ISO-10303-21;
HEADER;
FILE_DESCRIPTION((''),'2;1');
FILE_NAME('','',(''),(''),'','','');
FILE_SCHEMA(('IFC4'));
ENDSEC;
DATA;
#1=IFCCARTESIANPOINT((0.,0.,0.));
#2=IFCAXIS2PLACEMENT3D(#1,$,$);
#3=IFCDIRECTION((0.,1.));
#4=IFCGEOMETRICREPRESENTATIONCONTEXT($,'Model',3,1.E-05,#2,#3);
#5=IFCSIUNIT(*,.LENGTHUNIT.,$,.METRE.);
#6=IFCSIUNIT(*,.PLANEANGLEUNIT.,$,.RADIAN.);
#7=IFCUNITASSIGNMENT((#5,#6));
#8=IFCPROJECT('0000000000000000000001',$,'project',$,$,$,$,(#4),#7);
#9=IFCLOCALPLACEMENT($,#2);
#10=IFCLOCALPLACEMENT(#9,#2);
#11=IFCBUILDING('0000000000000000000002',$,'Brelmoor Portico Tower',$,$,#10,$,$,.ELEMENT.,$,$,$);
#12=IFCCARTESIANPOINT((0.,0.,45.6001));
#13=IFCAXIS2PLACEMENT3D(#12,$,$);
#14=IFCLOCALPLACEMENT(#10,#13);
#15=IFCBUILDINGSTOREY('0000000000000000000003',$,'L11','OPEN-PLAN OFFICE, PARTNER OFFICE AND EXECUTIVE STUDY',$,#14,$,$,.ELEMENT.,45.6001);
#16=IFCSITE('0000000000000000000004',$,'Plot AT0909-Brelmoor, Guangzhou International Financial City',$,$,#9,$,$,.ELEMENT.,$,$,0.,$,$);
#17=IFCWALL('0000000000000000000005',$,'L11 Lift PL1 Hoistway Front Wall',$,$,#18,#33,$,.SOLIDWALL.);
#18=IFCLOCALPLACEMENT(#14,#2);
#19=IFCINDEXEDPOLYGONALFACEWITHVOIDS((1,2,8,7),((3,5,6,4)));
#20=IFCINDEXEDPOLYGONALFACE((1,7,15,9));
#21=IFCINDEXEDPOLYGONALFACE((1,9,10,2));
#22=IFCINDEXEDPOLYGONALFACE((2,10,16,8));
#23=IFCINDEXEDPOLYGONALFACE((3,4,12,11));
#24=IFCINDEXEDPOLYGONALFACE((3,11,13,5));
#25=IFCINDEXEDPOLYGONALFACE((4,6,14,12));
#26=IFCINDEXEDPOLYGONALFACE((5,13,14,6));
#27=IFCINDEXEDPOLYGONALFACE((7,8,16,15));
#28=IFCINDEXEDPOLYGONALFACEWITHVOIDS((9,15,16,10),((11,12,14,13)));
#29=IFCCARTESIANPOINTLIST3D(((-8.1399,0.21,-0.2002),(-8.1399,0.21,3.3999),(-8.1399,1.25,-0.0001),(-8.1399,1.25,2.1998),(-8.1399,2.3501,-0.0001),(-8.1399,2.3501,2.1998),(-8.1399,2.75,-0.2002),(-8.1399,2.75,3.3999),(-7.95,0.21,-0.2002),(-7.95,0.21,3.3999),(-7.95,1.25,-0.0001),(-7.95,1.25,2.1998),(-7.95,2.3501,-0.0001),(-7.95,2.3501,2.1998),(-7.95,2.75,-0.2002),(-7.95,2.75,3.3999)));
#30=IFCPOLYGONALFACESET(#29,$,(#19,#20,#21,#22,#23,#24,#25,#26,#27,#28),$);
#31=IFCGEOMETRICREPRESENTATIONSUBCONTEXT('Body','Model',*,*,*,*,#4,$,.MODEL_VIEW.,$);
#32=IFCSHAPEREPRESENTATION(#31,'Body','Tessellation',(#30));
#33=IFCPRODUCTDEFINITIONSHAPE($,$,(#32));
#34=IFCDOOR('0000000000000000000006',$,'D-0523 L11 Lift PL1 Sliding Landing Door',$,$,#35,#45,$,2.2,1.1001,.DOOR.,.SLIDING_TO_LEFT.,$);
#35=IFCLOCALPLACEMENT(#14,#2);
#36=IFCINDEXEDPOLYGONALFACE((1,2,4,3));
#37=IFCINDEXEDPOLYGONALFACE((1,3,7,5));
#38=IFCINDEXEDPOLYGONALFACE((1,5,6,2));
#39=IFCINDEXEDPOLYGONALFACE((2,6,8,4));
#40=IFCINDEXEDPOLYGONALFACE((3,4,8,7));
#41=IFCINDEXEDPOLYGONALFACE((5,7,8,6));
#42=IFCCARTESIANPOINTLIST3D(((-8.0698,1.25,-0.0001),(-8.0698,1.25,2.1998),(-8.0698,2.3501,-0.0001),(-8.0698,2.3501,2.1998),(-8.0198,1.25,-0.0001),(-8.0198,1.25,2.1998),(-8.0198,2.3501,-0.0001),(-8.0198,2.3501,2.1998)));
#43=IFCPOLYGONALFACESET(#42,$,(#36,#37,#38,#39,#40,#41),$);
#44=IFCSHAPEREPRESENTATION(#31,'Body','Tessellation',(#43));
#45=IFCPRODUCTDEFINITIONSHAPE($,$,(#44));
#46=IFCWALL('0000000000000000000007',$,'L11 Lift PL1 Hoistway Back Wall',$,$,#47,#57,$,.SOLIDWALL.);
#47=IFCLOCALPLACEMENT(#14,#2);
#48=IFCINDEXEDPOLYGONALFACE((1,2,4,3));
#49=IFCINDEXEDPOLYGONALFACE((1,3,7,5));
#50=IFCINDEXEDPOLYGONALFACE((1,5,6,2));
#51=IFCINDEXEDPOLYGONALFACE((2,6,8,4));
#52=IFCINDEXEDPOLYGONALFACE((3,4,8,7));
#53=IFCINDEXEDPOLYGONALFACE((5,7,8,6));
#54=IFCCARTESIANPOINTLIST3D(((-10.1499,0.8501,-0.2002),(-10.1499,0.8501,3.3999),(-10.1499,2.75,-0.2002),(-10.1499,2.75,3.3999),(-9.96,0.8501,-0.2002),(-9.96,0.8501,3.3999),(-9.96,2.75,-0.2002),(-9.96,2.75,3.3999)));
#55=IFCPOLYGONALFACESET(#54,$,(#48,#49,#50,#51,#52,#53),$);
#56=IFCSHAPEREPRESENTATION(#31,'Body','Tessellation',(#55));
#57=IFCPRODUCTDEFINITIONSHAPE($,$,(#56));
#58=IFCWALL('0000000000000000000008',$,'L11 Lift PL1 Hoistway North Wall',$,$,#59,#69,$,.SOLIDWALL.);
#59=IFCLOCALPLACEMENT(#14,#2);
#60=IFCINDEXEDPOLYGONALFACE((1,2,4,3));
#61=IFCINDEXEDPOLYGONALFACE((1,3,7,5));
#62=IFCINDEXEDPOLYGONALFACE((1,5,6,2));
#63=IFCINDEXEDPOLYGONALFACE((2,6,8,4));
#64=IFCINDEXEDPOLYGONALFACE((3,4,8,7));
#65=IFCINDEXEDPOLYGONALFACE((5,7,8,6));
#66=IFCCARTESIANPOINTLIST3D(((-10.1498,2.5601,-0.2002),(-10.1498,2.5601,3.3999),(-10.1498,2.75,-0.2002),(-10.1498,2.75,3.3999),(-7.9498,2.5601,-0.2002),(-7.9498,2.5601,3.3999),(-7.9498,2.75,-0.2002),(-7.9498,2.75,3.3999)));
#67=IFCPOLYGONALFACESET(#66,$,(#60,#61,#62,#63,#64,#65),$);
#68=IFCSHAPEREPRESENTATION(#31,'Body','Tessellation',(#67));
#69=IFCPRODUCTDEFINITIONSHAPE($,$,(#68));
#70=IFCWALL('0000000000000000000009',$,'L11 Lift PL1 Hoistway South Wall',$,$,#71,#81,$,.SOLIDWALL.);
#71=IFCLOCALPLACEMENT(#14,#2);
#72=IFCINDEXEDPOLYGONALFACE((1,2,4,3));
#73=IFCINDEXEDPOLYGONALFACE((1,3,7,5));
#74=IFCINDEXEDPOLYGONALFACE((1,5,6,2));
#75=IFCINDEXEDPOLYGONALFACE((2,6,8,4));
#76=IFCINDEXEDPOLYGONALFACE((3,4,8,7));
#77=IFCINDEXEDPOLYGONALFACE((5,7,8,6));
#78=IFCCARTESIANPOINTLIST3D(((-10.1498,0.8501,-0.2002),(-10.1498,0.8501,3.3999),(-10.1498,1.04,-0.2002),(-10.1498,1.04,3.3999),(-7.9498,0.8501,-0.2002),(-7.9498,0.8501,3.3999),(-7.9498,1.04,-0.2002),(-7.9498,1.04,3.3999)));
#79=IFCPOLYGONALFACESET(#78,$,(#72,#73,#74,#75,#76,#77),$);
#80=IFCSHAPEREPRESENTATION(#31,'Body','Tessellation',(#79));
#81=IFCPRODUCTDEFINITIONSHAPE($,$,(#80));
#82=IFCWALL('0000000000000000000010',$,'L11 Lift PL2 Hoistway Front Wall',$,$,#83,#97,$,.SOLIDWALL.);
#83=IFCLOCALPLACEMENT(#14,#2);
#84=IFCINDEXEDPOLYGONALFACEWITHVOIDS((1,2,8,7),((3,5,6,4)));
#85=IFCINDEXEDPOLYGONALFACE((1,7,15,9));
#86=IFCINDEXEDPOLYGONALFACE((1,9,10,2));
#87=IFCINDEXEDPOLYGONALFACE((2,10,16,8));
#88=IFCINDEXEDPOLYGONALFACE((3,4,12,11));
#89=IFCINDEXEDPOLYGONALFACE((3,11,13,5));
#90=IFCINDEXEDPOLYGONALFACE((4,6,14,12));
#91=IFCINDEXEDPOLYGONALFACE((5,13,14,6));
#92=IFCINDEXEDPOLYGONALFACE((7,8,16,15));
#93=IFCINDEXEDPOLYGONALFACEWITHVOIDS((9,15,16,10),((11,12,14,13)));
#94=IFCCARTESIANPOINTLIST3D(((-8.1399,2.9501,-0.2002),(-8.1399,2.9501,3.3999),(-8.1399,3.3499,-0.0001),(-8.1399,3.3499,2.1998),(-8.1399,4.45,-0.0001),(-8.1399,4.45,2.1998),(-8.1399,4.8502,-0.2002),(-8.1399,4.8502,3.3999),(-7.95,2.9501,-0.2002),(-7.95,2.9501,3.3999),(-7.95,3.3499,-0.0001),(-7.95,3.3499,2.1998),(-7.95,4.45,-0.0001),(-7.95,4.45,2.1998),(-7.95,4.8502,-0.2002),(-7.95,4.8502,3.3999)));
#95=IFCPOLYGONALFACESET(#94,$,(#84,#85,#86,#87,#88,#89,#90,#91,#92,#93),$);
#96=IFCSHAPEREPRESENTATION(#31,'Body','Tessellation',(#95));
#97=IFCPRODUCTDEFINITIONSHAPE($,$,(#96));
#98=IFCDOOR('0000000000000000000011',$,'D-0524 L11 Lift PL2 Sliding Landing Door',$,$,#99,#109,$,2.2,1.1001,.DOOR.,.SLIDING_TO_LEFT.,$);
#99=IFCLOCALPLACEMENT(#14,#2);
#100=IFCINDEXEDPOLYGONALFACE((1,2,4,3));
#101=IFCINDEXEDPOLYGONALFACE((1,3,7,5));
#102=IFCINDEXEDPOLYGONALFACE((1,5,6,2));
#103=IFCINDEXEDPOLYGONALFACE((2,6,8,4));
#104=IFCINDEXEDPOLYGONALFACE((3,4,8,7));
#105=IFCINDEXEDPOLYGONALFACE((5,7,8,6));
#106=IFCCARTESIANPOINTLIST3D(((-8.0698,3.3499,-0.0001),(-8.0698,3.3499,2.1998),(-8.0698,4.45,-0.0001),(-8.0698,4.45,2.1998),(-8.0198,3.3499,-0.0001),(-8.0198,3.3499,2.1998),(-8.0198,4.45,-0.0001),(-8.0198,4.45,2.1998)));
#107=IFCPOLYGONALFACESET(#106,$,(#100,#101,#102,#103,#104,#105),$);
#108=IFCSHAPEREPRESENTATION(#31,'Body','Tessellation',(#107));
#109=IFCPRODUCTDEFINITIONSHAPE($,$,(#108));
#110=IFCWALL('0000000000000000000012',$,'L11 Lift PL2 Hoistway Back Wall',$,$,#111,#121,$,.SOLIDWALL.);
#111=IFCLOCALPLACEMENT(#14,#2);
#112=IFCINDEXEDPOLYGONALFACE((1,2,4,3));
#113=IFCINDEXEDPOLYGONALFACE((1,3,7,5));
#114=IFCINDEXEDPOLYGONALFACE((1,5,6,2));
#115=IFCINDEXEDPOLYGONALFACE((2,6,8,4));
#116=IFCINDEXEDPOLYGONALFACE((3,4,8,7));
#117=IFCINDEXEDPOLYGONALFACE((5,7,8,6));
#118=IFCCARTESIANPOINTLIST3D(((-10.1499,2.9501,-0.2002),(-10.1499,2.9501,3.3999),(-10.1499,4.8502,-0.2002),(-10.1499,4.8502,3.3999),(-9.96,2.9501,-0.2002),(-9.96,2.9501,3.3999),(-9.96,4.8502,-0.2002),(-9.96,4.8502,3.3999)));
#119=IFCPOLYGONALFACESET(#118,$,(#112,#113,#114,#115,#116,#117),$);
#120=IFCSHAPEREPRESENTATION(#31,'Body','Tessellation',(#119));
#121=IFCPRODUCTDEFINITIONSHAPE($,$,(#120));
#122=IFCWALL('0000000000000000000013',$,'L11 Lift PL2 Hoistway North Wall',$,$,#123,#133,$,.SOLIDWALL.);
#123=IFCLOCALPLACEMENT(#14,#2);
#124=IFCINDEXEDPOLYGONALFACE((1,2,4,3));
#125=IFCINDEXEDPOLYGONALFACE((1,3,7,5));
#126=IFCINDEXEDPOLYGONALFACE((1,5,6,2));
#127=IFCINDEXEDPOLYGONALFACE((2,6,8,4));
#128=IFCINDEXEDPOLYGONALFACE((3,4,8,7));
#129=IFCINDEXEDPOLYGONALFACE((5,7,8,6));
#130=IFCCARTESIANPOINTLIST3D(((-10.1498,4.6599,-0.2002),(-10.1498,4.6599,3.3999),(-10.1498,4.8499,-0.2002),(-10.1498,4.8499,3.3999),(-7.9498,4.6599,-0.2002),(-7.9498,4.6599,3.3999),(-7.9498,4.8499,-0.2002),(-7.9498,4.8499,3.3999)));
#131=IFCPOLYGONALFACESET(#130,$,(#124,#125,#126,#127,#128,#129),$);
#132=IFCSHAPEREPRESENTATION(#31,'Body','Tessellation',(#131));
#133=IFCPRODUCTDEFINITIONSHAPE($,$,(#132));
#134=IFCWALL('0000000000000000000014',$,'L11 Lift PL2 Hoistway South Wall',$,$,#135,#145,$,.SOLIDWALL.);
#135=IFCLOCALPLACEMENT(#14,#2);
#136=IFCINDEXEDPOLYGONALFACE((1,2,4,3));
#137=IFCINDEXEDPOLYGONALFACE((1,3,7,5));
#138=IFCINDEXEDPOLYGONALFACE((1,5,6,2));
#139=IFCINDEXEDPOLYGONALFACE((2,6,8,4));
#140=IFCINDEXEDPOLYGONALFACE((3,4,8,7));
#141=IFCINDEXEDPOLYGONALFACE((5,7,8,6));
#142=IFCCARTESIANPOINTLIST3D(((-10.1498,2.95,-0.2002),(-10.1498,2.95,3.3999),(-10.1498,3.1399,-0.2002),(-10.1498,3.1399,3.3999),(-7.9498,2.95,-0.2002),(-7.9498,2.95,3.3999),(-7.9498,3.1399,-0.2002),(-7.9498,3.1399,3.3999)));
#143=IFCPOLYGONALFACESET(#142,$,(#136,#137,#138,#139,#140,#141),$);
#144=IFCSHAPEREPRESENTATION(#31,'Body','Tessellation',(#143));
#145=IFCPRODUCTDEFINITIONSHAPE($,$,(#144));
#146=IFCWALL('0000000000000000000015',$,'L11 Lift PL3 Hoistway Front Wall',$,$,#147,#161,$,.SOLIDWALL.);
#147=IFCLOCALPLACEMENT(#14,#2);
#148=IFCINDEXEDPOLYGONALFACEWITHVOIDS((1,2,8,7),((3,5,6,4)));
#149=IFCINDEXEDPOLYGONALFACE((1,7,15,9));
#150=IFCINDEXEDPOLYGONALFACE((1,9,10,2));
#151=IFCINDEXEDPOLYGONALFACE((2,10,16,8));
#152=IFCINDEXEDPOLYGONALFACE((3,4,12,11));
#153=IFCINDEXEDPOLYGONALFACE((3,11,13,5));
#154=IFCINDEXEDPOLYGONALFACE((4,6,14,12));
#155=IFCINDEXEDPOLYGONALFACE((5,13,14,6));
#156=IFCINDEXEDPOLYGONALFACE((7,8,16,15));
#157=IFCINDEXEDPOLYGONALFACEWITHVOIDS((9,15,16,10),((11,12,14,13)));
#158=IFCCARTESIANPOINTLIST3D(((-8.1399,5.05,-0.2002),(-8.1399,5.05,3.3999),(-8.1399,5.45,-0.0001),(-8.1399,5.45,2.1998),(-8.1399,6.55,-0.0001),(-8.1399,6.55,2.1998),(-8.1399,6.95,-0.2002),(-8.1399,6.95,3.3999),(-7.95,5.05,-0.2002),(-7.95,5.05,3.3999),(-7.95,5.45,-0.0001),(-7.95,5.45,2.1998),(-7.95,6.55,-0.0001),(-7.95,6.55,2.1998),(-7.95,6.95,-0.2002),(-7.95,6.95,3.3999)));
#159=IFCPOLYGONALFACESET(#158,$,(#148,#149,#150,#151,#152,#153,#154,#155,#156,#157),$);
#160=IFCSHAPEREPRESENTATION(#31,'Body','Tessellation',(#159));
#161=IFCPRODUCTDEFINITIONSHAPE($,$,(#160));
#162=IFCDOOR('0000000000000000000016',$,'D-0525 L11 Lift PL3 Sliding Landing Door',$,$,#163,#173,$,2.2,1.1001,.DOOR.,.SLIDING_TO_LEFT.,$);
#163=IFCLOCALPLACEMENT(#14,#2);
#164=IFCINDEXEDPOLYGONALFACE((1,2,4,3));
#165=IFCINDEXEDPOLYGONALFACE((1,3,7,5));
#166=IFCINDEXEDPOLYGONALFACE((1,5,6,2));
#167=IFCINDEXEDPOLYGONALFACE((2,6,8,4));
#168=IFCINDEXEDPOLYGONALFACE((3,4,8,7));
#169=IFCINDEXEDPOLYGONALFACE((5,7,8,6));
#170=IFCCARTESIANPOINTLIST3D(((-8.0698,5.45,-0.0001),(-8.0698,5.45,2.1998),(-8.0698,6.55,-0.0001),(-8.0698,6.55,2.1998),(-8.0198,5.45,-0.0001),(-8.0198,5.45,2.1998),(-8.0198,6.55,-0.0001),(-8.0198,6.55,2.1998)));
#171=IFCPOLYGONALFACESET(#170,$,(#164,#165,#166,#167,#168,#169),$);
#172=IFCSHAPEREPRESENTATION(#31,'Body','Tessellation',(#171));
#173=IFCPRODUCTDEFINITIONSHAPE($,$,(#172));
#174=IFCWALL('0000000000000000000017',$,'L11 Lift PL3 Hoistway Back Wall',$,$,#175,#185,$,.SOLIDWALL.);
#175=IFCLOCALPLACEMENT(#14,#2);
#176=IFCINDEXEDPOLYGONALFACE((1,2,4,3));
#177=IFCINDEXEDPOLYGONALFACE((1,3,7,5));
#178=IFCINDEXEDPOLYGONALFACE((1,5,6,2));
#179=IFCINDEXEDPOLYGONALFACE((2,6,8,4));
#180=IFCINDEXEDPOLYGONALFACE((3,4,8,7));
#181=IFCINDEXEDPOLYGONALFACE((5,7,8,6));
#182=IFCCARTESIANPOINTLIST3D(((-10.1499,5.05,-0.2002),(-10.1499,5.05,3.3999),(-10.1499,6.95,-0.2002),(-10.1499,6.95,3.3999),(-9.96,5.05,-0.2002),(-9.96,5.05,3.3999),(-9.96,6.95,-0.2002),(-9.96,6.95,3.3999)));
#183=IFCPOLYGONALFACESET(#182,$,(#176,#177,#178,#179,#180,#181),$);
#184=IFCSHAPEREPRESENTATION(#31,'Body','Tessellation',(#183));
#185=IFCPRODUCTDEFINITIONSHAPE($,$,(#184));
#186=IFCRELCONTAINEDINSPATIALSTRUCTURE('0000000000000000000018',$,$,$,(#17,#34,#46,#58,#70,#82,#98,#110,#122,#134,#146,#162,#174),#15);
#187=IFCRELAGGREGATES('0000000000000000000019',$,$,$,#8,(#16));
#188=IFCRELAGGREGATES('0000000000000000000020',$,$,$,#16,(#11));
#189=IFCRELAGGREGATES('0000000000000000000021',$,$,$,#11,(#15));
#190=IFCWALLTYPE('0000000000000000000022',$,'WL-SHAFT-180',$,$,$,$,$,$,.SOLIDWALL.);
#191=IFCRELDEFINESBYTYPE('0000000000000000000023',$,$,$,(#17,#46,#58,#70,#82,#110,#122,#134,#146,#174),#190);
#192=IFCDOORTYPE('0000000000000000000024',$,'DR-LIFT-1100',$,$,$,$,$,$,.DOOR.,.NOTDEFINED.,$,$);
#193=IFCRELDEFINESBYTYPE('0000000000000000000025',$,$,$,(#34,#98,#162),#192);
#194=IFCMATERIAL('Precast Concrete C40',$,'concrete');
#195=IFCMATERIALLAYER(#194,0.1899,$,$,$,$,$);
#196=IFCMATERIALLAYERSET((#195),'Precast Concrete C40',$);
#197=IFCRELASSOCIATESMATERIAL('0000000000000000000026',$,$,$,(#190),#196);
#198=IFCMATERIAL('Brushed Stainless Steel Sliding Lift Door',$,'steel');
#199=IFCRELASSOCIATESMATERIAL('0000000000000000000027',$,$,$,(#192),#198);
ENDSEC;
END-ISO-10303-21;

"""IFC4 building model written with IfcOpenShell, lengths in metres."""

from ifc_helpers import new_model, si_unit, direction, frame, frame_2d, origin, place, context, subcontext, project, spatial, rectangle, extrude, material, layer, layer_set, type_object, element, fill, save


model = new_model("IFC4")

# Units and contexts
model_context = context("Model", 3, precision=1e-05, world=origin(), true_north=direction((0.0, 1.0)))
body_context = subcontext(model_context, "Body", "Model", "MODEL_VIEW")
ifc_project = project(units=[si_unit("LENGTHUNIT", "METRE"), si_unit("PLANEANGLEUNIT", "RADIAN")], contexts=[model_context])

# Site, building, storey
site_placement = place(None, origin())
site = spatial("IfcSite", under=ifc_project, at=site_placement, Name="Plot AT0909-Brelmoor, Guangzhou International Financial City", CompositionType="ELEMENT", RefElevation=0.0)
building_placement = place(site_placement, origin())
building = spatial("IfcBuilding", under=site, at=building_placement, Name="Brelmoor Portico Tower", CompositionType="ELEMENT")
storey_placement = place(building_placement, frame((0.0, 0.0, 45.6001)))
storey = spatial("IfcBuildingStorey", under=building, at=storey_placement, Name="L11", Description="OPEN-PLAN OFFICE, PARTNER OFFICE AND EXECUTIVE STUDY", CompositionType="ELEMENT", Elevation=45.6001)

# Wall, opening, door
ifc_material_1 = material(Name="Precast Concrete C40", Category="concrete")
ifc_layer_1 = layer(ifc_material_1, 0.1899)
ifc_layer_set_1 = layer_set([ifc_layer_1], Name="Precast Concrete C40")
wall_type_1 = type_object("IfcWallType", Name="WL-SHAFT-180", PredefinedType="SOLIDWALL", material=ifc_layer_set_1)
wall_1_placement = place(storey_placement, frame((-8.0449, 0.21, -0.2002), z_axis=(0.0, 0.0, 1.0), x_axis=(0.0, 1.0, 0.0)))
wall_1 = element("IfcWall", 1, at=wall_1_placement, inside=storey, type_object=wall_type_1, Name="L11 Lift PL1 Hoistway Front Wall", PredefinedType="SOLIDWALL", context=body_context, shape_type="SweptSolid", body=[
    extrude(rectangle(XDim=2.54, YDim=0.1899, at=frame_2d((1.27, 0.0))), origin(), (0.0, 0.0, 1.0), 3.6001),
])
opening_1_placement = place(wall_1_placement, frame((1.04, 0.0, 0.2)))
opening_1 = element("IfcOpeningElement", 2, at=opening_1_placement, cuts=wall_1, PredefinedType="OPENING", context=body_context, shape_type="SweptSolid", body=[
    extrude(rectangle(XDim=1.1001, YDim=2.2, at=frame_2d((0.55, 1.1001))), frame((0.0, 0.105, 0.0), z_axis=(0.0, -1.0, 0.0), x_axis=(1.0, 0.0, 0.0)), (0.0, 0.0, 1.0), 0.21),
])
ifc_material_2 = material(Name="Brushed Stainless Steel Sliding Lift Door", Category="steel")
door_type_1 = type_object("IfcDoorType", Name="DR-LIFT-1100", OperationType="NOTDEFINED", PredefinedType="DOOR", material=ifc_material_2)
door_1_placement = place(opening_1_placement, origin())
door_1 = element("IfcDoor", 3, at=door_1_placement, inside=storey, type_object=door_type_1, Name="D-0523 L11 Lift PL1 Sliding Landing Door", OperationType="SLIDING_TO_LEFT", OverallHeight=2.2, OverallWidth=1.1001, PredefinedType="DOOR", context=body_context, shape_type="SweptSolid", body=[
    extrude(rectangle(XDim=1.1001, YDim=2.2, at=frame_2d((0.55, 1.1001))), frame((0.0, 0.0249, 0.0), z_axis=(0.0, -1.0, 0.0), x_axis=(1.0, 0.0, 0.0)), (0.0, 0.0, 1.0), 0.05),
])
fill(opening_1, door_1)

# Walls
wall_2_placement = place(storey_placement, frame((-10.0549, 0.8501, -0.2002), z_axis=(0.0, 0.0, 1.0), x_axis=(0.0, 1.0, 0.0)))
element("IfcWall", 4, at=wall_2_placement, inside=storey, type_object=wall_type_1, Name="L11 Lift PL1 Hoistway Back Wall", PredefinedType="SOLIDWALL", context=body_context, shape_type="SweptSolid", body=[
    extrude(rectangle(XDim=1.8999, YDim=0.1899, at=frame_2d((0.95, 0.0))), origin(), (0.0, 0.0, 1.0), 3.6001),
])
for number, where, z_axis, x_axis, name in (
    (5, (-10.1499, 2.655, -0.2002), (0.0, 0.0, 1.0), (1.0, 0.0, 0.0), "L11 Lift PL1 Hoistway North Wall"),
    (6, (-10.1499, 0.9451, -0.2002), (0.0, 0.0, 1.0), (1.0, 0.0, 0.0), "L11 Lift PL1 Hoistway South Wall"),
):
    element("IfcWall", number, at=place(storey_placement, frame(where, z_axis=z_axis, x_axis=x_axis)), inside=storey, type_object=wall_type_1, Name=name, PredefinedType="SOLIDWALL", context=body_context, shape_type="SweptSolid", body=[
        extrude(rectangle(XDim=2.2, YDim=0.1899, at=frame_2d((1.1001, 0.0))), origin(), (0.0, 0.0, 1.0), 3.6001),
    ])

# Wall, opening, door
wall_3_placement = place(storey_placement, frame((-8.0449, 2.95, -0.2002), z_axis=(0.0, 0.0, 1.0), x_axis=(0.0, 1.0, 0.0)))
wall_3 = element("IfcWall", 7, at=wall_3_placement, inside=storey, type_object=wall_type_1, Name="L11 Lift PL2 Hoistway Front Wall", PredefinedType="SOLIDWALL", context=body_context, shape_type="SweptSolid", body=[
    extrude(rectangle(XDim=1.9001, YDim=0.1899, at=frame_2d((0.9502, 0.0))), origin(), (0.0, 0.0, 1.0), 3.6001),
])
opening_2_placement = place(wall_3_placement, frame((0.3999, 0.0, 0.2)))
opening_2 = element("IfcOpeningElement", 8, at=opening_2_placement, cuts=wall_3, PredefinedType="OPENING", context=body_context, shape_type="SweptSolid", body=[
    extrude(rectangle(XDim=1.1001, YDim=2.2, at=frame_2d((0.55, 1.1001))), frame((0.0, 0.105, 0.0), z_axis=(0.0, -1.0, 0.0), x_axis=(1.0, 0.0, 0.0)), (0.0, 0.0, 1.0), 0.21),
])
door_2_placement = place(opening_2_placement, origin())
door_2 = element("IfcDoor", 9, at=door_2_placement, inside=storey, type_object=door_type_1, Name="D-0524 L11 Lift PL2 Sliding Landing Door", OperationType="SLIDING_TO_LEFT", OverallHeight=2.2, OverallWidth=1.1001, PredefinedType="DOOR", context=body_context, shape_type="SweptSolid", body=[
    extrude(rectangle(XDim=1.1001, YDim=2.2, at=frame_2d((0.55, 1.1001))), frame((0.0, 0.0249, 0.0), z_axis=(0.0, -1.0, 0.0), x_axis=(1.0, 0.0, 0.0)), (0.0, 0.0, 1.0), 0.05),
])
fill(opening_2, door_2)

# Walls
wall_4_placement = place(storey_placement, frame((-10.0549, 2.95, -0.2002), z_axis=(0.0, 0.0, 1.0), x_axis=(0.0, 1.0, 0.0)))
element("IfcWall", 10, at=wall_4_placement, inside=storey, type_object=wall_type_1, Name="L11 Lift PL2 Hoistway Back Wall", PredefinedType="SOLIDWALL", context=body_context, shape_type="SweptSolid", body=[
    extrude(rectangle(XDim=1.9001, YDim=0.1899, at=frame_2d((0.9502, 0.0))), origin(), (0.0, 0.0, 1.0), 3.6001),
])
for number, where, z_axis, x_axis, name in (
    (11, (-10.1499, 4.7549, -0.2002), (0.0, 0.0, 1.0), (1.0, 0.0, 0.0), "L11 Lift PL2 Hoistway North Wall"),
    (12, (-10.1499, 3.0449, -0.2002), (0.0, 0.0, 1.0), (1.0, 0.0, 0.0), "L11 Lift PL2 Hoistway South Wall"),
):
    element("IfcWall", number, at=place(storey_placement, frame(where, z_axis=z_axis, x_axis=x_axis)), inside=storey, type_object=wall_type_1, Name=name, PredefinedType="SOLIDWALL", context=body_context, shape_type="SweptSolid", body=[
        extrude(rectangle(XDim=2.2, YDim=0.1899, at=frame_2d((1.1001, 0.0))), origin(), (0.0, 0.0, 1.0), 3.6001),
    ])

# Wall, opening, door
wall_5_placement = place(storey_placement, frame((-8.0449, 5.05, -0.2002), z_axis=(0.0, 0.0, 1.0), x_axis=(0.0, 1.0, 0.0)))
wall_5 = element("IfcWall", 13, at=wall_5_placement, inside=storey, type_object=wall_type_1, Name="L11 Lift PL3 Hoistway Front Wall", PredefinedType="SOLIDWALL", context=body_context, shape_type="SweptSolid", body=[
    extrude(rectangle(XDim=1.8999, YDim=0.1899, at=frame_2d((0.95, 0.0))), origin(), (0.0, 0.0, 1.0), 3.6001),
])
opening_3_placement = place(wall_5_placement, frame((0.3999, 0.0, 0.2)))
opening_3 = element("IfcOpeningElement", 14, at=opening_3_placement, cuts=wall_5, PredefinedType="OPENING", context=body_context, shape_type="SweptSolid", body=[
    extrude(rectangle(XDim=1.1001, YDim=2.2, at=frame_2d((0.55, 1.1001))), frame((0.0, 0.105, 0.0), z_axis=(0.0, -1.0, 0.0), x_axis=(1.0, 0.0, 0.0)), (0.0, 0.0, 1.0), 0.21),
])
door_3_placement = place(opening_3_placement, origin())
door_3 = element("IfcDoor", 15, at=door_3_placement, inside=storey, type_object=door_type_1, Name="D-0525 L11 Lift PL3 Sliding Landing Door", OperationType="SLIDING_TO_LEFT", OverallHeight=2.2, OverallWidth=1.1001, PredefinedType="DOOR", context=body_context, shape_type="SweptSolid", body=[
    extrude(rectangle(XDim=1.1001, YDim=2.2, at=frame_2d((0.55, 1.1001))), frame((0.0, 0.0249, 0.0), z_axis=(0.0, -1.0, 0.0), x_axis=(1.0, 0.0, 0.0)), (0.0, 0.0, 1.0), 0.05),
])
fill(opening_3, door_3)

# Wall
wall_6_placement = place(storey_placement, frame((-10.0549, 5.05, -0.2002), z_axis=(0.0, 0.0, 1.0), x_axis=(0.0, 1.0, 0.0)))
element("IfcWall", 16, at=wall_6_placement, inside=storey, type_object=wall_type_1, Name="L11 Lift PL3 Hoistway Back Wall", PredefinedType="SOLIDWALL", context=body_context, shape_type="SweptSolid", body=[
    extrude(rectangle(XDim=1.8999, YDim=0.1899, at=frame_2d((0.95, 0.0))), origin(), (0.0, 0.0, 1.0), 3.6001),
])

save(model, "model.ifc")
